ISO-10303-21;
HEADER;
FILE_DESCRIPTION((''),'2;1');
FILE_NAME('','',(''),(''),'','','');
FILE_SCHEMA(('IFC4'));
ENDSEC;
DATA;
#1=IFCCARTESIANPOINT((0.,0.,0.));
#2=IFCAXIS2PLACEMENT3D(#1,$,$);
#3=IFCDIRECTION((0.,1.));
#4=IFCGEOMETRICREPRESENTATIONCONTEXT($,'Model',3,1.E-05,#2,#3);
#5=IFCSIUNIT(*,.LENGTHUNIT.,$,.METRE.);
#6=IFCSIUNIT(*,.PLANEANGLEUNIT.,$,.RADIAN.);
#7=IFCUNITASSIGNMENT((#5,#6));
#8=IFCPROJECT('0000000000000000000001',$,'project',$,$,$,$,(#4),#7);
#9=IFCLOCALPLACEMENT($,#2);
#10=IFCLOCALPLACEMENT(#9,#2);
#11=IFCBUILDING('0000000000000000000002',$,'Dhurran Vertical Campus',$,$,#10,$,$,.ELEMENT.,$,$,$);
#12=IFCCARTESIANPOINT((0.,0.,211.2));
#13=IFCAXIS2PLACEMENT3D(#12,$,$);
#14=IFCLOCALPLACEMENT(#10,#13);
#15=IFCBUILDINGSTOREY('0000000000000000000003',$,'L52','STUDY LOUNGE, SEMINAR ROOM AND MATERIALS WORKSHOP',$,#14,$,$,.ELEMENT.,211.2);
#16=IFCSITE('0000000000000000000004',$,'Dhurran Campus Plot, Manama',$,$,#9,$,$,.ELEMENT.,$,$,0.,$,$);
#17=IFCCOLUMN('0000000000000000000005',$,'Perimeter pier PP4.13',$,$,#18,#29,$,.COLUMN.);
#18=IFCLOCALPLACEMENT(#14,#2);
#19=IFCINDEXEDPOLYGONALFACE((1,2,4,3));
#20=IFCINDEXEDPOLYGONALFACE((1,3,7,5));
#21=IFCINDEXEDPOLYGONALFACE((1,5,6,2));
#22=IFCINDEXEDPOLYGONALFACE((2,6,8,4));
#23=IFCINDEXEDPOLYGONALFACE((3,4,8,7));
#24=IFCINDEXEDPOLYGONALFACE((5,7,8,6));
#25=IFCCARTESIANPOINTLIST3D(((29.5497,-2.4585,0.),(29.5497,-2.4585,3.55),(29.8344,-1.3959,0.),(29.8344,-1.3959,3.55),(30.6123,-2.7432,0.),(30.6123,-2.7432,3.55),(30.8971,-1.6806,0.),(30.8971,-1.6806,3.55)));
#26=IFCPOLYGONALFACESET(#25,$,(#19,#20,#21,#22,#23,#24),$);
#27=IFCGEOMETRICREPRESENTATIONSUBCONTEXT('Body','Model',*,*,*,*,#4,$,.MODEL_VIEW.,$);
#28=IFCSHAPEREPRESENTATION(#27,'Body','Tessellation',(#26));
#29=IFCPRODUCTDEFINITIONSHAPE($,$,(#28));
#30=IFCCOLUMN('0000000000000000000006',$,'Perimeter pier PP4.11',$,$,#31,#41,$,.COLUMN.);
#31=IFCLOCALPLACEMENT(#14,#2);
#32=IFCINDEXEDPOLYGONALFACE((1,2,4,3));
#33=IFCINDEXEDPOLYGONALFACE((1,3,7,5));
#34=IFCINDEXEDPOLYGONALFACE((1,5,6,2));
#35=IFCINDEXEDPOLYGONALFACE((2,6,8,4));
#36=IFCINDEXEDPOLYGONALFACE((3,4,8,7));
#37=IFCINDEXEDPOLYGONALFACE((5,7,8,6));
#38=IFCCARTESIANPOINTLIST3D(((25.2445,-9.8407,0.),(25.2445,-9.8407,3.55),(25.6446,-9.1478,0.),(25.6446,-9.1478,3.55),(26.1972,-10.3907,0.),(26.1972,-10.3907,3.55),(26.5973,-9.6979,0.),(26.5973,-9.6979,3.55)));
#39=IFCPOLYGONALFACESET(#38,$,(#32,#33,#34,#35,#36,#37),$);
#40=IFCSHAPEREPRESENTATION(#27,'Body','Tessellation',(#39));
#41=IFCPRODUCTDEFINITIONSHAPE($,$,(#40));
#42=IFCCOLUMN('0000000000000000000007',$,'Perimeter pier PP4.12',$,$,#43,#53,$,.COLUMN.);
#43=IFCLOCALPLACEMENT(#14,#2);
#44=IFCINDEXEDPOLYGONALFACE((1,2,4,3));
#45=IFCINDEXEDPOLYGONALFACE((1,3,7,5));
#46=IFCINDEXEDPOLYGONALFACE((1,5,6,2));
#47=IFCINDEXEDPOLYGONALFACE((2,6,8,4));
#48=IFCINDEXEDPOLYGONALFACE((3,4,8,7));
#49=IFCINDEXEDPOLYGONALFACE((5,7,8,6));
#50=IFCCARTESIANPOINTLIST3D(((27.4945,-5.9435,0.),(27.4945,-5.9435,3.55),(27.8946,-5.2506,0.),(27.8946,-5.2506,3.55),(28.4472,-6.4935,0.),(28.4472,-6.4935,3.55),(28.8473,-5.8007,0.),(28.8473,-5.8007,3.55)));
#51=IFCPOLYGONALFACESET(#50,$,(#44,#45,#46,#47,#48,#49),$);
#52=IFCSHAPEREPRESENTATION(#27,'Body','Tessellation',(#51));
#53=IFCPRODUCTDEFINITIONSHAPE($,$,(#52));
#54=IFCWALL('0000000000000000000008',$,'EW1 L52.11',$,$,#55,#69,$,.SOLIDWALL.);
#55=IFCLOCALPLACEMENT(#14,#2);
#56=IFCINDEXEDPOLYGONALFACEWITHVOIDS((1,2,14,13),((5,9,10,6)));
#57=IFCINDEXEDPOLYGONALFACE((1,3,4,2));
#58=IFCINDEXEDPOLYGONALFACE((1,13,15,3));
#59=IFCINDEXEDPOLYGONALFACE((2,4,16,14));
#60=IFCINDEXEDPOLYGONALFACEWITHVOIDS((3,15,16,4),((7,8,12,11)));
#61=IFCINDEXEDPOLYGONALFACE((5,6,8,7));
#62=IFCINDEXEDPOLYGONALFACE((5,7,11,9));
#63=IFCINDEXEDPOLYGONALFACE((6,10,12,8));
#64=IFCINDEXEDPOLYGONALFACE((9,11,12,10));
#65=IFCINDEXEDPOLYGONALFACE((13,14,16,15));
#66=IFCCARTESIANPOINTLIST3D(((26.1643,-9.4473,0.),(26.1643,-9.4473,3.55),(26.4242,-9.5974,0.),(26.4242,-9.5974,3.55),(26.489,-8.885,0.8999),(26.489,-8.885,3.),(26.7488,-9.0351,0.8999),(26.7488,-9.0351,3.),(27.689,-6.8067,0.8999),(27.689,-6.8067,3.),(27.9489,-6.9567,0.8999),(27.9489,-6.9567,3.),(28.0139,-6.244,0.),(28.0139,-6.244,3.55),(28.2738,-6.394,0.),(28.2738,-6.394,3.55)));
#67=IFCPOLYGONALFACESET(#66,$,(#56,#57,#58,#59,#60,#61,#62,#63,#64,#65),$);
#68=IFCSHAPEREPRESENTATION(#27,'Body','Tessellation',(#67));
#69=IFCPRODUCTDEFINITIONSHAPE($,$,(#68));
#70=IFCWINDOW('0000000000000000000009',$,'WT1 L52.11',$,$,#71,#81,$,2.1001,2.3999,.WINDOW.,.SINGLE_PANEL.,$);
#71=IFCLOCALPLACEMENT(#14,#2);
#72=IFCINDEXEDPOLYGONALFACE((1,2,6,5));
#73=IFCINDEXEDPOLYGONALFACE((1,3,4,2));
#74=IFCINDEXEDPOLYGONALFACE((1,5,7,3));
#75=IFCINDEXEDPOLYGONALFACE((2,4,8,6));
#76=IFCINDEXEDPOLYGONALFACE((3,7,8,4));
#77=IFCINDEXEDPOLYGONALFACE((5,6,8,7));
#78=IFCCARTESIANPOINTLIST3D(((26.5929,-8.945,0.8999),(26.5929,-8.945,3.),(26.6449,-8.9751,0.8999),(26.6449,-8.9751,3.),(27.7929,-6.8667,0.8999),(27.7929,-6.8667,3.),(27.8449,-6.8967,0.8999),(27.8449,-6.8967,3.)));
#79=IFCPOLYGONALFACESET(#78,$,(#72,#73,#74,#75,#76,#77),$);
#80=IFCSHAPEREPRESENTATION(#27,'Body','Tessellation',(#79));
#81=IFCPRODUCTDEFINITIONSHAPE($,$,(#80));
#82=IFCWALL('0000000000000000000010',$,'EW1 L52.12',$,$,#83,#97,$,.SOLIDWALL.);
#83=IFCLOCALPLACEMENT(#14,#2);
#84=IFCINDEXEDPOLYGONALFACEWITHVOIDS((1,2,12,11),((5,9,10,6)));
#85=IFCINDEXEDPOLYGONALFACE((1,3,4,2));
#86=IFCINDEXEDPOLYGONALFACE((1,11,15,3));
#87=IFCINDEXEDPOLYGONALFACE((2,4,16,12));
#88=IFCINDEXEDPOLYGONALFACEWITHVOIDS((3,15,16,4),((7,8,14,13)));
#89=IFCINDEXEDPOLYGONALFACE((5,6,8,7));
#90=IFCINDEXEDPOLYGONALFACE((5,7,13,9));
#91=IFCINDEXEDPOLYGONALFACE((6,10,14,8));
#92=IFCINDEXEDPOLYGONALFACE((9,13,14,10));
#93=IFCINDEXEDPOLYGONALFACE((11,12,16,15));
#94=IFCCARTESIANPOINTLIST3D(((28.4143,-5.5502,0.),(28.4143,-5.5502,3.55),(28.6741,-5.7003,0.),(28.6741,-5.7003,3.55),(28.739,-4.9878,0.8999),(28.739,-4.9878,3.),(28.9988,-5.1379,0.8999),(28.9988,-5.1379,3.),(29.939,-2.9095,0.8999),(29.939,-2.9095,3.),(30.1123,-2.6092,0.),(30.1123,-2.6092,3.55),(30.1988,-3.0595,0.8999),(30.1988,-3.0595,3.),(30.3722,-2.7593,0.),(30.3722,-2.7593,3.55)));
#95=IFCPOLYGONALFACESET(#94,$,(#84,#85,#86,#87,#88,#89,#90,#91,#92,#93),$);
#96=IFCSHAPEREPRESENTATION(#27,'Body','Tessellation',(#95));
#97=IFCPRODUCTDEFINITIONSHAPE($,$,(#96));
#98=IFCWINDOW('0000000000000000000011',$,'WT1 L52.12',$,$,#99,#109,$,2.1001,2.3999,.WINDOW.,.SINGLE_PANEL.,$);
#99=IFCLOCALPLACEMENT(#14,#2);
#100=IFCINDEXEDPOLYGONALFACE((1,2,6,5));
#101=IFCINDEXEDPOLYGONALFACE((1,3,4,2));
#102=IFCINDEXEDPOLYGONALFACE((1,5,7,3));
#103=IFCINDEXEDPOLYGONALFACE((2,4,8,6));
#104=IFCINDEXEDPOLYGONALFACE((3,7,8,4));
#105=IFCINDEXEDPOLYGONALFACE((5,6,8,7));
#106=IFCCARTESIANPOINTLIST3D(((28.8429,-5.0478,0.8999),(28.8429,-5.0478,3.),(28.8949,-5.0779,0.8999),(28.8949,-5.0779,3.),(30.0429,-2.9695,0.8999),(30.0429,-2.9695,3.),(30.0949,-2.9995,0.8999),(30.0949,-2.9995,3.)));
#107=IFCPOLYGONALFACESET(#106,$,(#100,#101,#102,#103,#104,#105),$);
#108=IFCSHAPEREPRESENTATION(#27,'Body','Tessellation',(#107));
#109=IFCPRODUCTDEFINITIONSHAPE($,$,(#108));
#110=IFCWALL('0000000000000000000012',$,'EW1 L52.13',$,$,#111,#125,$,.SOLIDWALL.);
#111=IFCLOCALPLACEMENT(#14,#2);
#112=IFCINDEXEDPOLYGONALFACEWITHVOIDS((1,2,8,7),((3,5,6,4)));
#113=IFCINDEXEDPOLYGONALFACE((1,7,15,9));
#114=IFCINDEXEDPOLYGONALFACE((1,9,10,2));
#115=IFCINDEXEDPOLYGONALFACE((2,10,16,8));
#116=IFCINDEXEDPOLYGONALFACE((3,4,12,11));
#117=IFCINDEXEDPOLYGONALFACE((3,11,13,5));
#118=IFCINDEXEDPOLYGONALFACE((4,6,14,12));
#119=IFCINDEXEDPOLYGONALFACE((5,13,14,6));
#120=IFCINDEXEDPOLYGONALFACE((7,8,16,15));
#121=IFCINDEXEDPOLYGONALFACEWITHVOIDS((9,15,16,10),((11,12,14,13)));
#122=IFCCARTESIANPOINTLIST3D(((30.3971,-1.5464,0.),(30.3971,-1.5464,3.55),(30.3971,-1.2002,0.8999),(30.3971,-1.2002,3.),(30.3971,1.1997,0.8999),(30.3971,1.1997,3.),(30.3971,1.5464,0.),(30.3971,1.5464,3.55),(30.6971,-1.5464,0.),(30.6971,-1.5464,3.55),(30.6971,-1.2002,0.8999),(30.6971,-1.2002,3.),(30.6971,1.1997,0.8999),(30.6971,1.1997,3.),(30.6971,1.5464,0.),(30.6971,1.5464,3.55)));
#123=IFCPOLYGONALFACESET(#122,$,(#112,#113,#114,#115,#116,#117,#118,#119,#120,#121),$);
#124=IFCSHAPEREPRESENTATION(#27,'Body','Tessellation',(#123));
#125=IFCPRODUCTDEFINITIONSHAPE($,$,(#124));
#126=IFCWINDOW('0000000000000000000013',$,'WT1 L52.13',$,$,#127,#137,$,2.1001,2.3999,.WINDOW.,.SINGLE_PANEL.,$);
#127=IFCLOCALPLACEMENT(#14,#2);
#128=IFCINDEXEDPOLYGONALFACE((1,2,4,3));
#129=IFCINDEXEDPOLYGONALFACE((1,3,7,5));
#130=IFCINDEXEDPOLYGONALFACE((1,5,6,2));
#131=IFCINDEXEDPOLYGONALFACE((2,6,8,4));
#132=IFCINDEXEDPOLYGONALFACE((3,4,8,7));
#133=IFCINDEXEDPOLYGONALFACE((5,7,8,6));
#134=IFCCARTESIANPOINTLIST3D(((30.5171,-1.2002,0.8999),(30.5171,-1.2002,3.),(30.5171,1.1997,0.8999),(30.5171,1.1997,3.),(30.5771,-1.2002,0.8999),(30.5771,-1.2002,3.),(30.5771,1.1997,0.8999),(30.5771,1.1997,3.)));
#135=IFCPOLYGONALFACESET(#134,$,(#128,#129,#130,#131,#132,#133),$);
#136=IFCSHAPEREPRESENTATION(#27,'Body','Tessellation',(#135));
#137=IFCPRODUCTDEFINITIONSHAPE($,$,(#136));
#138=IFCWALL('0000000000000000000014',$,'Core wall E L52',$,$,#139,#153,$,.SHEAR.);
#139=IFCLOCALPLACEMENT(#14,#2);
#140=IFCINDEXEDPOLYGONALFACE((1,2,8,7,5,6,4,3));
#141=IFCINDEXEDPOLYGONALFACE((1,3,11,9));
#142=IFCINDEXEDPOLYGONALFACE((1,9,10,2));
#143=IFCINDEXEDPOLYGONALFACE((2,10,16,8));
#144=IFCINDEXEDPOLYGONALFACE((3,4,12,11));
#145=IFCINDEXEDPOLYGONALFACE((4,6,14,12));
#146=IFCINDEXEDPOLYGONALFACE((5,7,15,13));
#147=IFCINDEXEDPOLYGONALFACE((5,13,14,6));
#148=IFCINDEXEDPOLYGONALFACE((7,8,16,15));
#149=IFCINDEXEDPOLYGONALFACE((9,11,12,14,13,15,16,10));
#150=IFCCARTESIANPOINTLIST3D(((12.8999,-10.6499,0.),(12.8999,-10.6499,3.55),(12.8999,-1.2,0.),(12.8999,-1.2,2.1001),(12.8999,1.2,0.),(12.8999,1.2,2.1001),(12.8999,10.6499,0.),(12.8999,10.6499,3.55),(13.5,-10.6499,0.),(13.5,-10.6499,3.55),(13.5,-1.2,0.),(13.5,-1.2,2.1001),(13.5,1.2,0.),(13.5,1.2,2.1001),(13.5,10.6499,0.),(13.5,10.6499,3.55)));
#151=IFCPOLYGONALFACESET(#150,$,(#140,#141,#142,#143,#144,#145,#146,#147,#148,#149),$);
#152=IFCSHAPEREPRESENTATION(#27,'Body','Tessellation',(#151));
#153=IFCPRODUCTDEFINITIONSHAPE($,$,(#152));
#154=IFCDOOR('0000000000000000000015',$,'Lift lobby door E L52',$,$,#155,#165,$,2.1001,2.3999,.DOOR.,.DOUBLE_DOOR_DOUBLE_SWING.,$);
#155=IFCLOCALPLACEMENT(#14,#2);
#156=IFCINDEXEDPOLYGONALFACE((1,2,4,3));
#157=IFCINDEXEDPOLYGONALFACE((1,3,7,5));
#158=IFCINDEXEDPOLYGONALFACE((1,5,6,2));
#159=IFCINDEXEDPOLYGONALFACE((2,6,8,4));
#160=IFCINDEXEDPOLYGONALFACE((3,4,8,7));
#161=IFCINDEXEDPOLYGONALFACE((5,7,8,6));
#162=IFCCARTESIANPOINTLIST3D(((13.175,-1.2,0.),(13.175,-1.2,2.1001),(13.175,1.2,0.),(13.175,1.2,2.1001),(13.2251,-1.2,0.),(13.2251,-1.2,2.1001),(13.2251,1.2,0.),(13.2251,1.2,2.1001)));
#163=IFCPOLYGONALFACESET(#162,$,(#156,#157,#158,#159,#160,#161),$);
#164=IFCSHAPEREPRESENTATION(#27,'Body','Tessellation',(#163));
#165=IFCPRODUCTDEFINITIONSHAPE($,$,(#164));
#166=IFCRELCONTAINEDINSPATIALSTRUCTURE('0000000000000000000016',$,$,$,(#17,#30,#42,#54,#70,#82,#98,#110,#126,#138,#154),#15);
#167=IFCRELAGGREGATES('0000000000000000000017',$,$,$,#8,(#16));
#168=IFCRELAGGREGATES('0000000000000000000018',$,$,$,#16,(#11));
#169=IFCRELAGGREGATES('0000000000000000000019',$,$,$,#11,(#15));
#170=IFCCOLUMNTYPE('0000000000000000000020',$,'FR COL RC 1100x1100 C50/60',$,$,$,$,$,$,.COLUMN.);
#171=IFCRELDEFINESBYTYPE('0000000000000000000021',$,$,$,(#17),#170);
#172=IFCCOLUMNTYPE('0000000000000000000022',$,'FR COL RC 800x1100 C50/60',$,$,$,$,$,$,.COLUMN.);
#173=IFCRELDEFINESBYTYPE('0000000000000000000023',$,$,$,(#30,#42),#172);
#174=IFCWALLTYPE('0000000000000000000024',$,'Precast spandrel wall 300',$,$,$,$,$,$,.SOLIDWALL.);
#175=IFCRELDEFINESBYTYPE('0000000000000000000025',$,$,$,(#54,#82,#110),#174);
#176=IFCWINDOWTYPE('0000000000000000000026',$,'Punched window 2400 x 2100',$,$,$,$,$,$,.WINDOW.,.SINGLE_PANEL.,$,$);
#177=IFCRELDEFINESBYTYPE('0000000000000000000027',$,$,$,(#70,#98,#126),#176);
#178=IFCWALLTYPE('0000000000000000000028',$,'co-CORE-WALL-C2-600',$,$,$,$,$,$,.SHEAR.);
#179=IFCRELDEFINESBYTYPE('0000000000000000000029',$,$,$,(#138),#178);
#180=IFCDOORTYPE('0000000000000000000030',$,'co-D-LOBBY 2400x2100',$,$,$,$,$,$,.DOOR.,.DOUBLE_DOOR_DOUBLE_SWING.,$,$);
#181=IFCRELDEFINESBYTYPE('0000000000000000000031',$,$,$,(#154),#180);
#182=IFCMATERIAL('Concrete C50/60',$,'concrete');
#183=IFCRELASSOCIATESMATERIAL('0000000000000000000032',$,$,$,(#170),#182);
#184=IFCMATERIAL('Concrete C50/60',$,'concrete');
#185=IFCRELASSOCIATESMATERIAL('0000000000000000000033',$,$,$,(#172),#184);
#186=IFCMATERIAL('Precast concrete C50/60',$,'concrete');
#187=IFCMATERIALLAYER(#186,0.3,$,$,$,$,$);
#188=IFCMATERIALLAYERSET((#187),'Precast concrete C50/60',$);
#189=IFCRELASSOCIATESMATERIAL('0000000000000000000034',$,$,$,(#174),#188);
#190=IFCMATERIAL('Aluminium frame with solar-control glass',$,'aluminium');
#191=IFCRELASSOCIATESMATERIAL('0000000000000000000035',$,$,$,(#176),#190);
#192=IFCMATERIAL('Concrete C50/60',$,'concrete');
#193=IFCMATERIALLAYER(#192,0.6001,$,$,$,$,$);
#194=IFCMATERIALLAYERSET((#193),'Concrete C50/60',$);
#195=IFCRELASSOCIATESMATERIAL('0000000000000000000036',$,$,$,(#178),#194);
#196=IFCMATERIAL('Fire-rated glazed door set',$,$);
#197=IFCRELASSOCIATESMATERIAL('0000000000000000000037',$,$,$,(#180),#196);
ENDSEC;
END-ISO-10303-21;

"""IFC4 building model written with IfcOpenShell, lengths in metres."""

from ifc_helpers import new_model, si_unit, direction, frame, frame_2d, origin, origin_2d, place, context, subcontext, project, spatial, rectangle, extrude, material, layer, layer_set, material_profile, profile_set, type_object, element, fill, save


model = new_model("IFC4")

# Units and contexts
model_context = context("Model", 3, precision=1e-05, world=origin(), true_north=direction((0.0, 1.0)))
body_context = subcontext(model_context, "Body", "Model", "MODEL_VIEW")
ifc_project = project(units=[si_unit("LENGTHUNIT", "METRE"), si_unit("PLANEANGLEUNIT", "RADIAN")], contexts=[model_context])

# Site, building, storey
site_placement = place(None, origin())
site = spatial("IfcSite", under=ifc_project, at=site_placement, Name="Dhurran Campus Plot, Manama", CompositionType="ELEMENT", RefElevation=0.0)
building_placement = place(site_placement, origin())
building = spatial("IfcBuilding", under=site, at=building_placement, Name="Dhurran Vertical Campus", CompositionType="ELEMENT")
storey_placement = place(building_placement, frame((0.0, 0.0, 211.2)))
storey = spatial("IfcBuildingStorey", under=building, at=storey_placement, Name="L52", Description="STUDY LOUNGE, SEMINAR ROOM AND MATERIALS WORKSHOP", CompositionType="ELEMENT", Elevation=211.2)

# Columns
ifc_material_1 = material(Name="Concrete C50/60", Category="concrete")
ifc_material_profile_1 = material_profile(ifc_material_1, rectangle(XDim=1.1001, YDim=1.1001, at=origin_2d()), Name="RC 1100x1100")
ifc_profile_set_1 = profile_set([ifc_material_profile_1], Name="Concrete C50/60")
column_type_1 = type_object("IfcColumnType", Name="FR COL RC 1100x1100 C50/60", PredefinedType="COLUMN", material=ifc_profile_set_1)
column_placement = place(storey_placement, frame((30.2234, -2.0696, 0.0), z_axis=(0.0, 0.0, 1.0), x_axis=(0.258819, 0.965926, 0.0)))
element("IfcColumn", 1, at=column_placement, inside=storey, type_object=column_type_1, Name="Perimeter pier PP4.13", PredefinedType="COLUMN", context=body_context, shape_type="SweptSolid", body=[
    extrude(rectangle(XDim=1.1001, YDim=1.1001, at=origin_2d()), origin(), (0.0, 0.0, 1.0), 3.55),
])
ifc_material_2 = material(Name="Concrete C50/60", Category="concrete")
ifc_material_profile_2 = material_profile(ifc_material_2, rectangle(XDim=0.8, YDim=1.1001, at=origin_2d()), Name="RC 800x1100")
ifc_profile_set_2 = profile_set([ifc_material_profile_2], Name="Concrete C50/60")
column_type_2 = type_object("IfcColumnType", Name="FR COL RC 800x1100 C50/60", PredefinedType="COLUMN", material=ifc_profile_set_2)
for number, where, z_axis, x_axis, name in (
    (2, (25.9209, -9.7693, 0.0), (0.0, 0.0, 1.0), (0.5, 0.866025, 0.0), "Perimeter pier PP4.11"),
    (3, (28.1709, -5.8721, 0.0), (0.0, 0.0, 1.0), (0.5, 0.866025, 0.0), "Perimeter pier PP4.12"),
):
    element("IfcColumn", number, at=place(storey_placement, frame(where, z_axis=z_axis, x_axis=x_axis)), inside=storey, type_object=column_type_2, Name=name, PredefinedType="COLUMN", context=body_context, shape_type="SweptSolid", body=[
        extrude(rectangle(XDim=0.8, YDim=1.1001, at=origin_2d()), origin(), (0.0, 0.0, 1.0), 3.55),
    ])

# Walls, openings, windows
ifc_material_3 = material(Name="Precast concrete C50/60", Category="concrete")
ifc_layer_1 = layer(ifc_material_3, 0.3)
ifc_layer_set_1 = layer_set([ifc_layer_1], Name="Precast concrete C50/60")
wall_type_1 = type_object("IfcWallType", Name="Precast spandrel wall 300", PredefinedType="SOLIDWALL", material=ifc_layer_set_1)
wall_1_placement = place(storey_placement, frame((26.2942, -9.5225, 0.0), z_axis=(0.0, 0.0, 1.0), x_axis=(0.500029, 0.866009, 0.0)))
wall_1 = element("IfcWall", 4, at=wall_1_placement, inside=storey, type_object=wall_type_1, Name="EW1 L52.11", PredefinedType="SOLIDWALL", context=body_context, shape_type="SweptSolid", body=[
    extrude(rectangle(XDim=3.699, YDim=0.3, at=frame_2d((1.8496, 0.0))), origin(), (0.0, 0.0, 1.0), 3.55),
])
opening_1_placement = place(wall_1_placement, frame((0.6494, 0.0, 0.8999)))
opening_1 = element("IfcOpeningElement", 5, at=opening_1_placement, cuts=wall_1, PredefinedType="OPENING", context=body_context, shape_type="SweptSolid", body=[
    extrude(rectangle(XDim=2.3999, YDim=2.1001, at=frame_2d((1.2, 1.05))), frame((0.0, 0.1599, 0.0), z_axis=(0.0, -1.0, 0.0), x_axis=(1.0, 0.0, 0.0)), (0.0, 0.0, 1.0), 0.3201),
])
ifc_material_4 = material(Name="Aluminium frame with solar-control glass", Category="aluminium")
window_type = type_object("IfcWindowType", Name="Punched window 2400 x 2100", PartitioningType="SINGLE_PANEL", PredefinedType="WINDOW", material=ifc_material_4)
window_1_placement = place(opening_1_placement, origin())
window_1 = element("IfcWindow", 6, at=window_1_placement, inside=storey, type_object=window_type, Name="WT1 L52.11", OverallHeight=2.1001, OverallWidth=2.3999, PartitioningType="SINGLE_PANEL", PredefinedType="WINDOW", context=body_context, shape_type="SweptSolid", body=[
    extrude(rectangle(XDim=2.3999, YDim=2.1001, at=frame_2d((1.2, 1.05))), frame((0.0, 0.03, 0.0), z_axis=(0.0, -1.0, 0.0), x_axis=(1.0, 0.0, 0.0)), (0.0, 0.0, 1.0), 0.0601),
])
fill(opening_1, window_1)
wall_2_placement = place(storey_placement, frame((28.5442, -5.6252, 0.0), z_axis=(0.0, 0.0, 1.0), x_axis=(0.500013, 0.866018, 0.0)))
wall_2 = element("IfcWall", 7, at=wall_2_placement, inside=storey, type_object=wall_type_1, Name="EW1 L52.12", PredefinedType="SOLIDWALL", context=body_context, shape_type="SweptSolid", body=[
    extrude(rectangle(XDim=3.396, YDim=0.3, at=frame_2d((1.698, 0.0))), origin(), (0.0, 0.0, 1.0), 3.55),
])
opening_2_placement = place(wall_2_placement, frame((0.6494, 0.0, 0.8999)))
opening_2 = element("IfcOpeningElement", 8, at=opening_2_placement, cuts=wall_2, PredefinedType="OPENING", context=body_context, shape_type="SweptSolid", body=[
    extrude(rectangle(XDim=2.3999, YDim=2.1001, at=frame_2d((1.2, 1.05))), frame((0.0, 0.1599, 0.0), z_axis=(0.0, -1.0, 0.0), x_axis=(1.0, 0.0, 0.0)), (0.0, 0.0, 1.0), 0.3201),
])
window_2_placement = place(opening_2_placement, origin())
window_2 = element("IfcWindow", 9, at=window_2_placement, inside=storey, type_object=window_type, Name="WT1 L52.12", OverallHeight=2.1001, OverallWidth=2.3999, PartitioningType="SINGLE_PANEL", PredefinedType="WINDOW", context=body_context, shape_type="SweptSolid", body=[
    extrude(rectangle(XDim=2.3999, YDim=2.1001, at=frame_2d((1.2, 1.05))), frame((0.0, 0.03, 0.0), z_axis=(0.0, -1.0, 0.0), x_axis=(1.0, 0.0, 0.0)), (0.0, 0.0, 1.0), 0.0601),
])
fill(opening_2, window_2)
wall_3_placement = place(storey_placement, frame((30.5471, -1.5464, 0.0), z_axis=(0.0, 0.0, 1.0), x_axis=(0.0, 1.0, 0.0)))
wall_3 = element("IfcWall", 10, at=wall_3_placement, inside=storey, type_object=wall_type_1, Name="EW1 L52.13", PredefinedType="SOLIDWALL", context=body_context, shape_type="SweptSolid", body=[
    extrude(rectangle(XDim=3.0928, YDim=0.3, at=frame_2d((1.5464, 0.0))), origin(), (0.0, 0.0, 1.0), 3.55),
])
opening_3_placement = place(wall_3_placement, frame((0.3462, 0.0, 0.8999)))
opening_3 = element("IfcOpeningElement", 11, at=opening_3_placement, cuts=wall_3, PredefinedType="OPENING", context=body_context, shape_type="SweptSolid", body=[
    extrude(rectangle(XDim=2.3999, YDim=2.1001, at=frame_2d((1.2, 1.05))), frame((0.0, 0.1599, 0.0), z_axis=(0.0, -1.0, 0.0), x_axis=(1.0, 0.0, 0.0)), (0.0, 0.0, 1.0), 0.3201),
])
window_3_placement = place(opening_3_placement, origin())
window_3 = element("IfcWindow", 12, at=window_3_placement, inside=storey, type_object=window_type, Name="WT1 L52.13", OverallHeight=2.1001, OverallWidth=2.3999, PartitioningType="SINGLE_PANEL", PredefinedType="WINDOW", context=body_context, shape_type="SweptSolid", body=[
    extrude(rectangle(XDim=2.3999, YDim=2.1001, at=frame_2d((1.2, 1.05))), frame((0.0, 0.03, 0.0), z_axis=(0.0, -1.0, 0.0), x_axis=(1.0, 0.0, 0.0)), (0.0, 0.0, 1.0), 0.0601),
])
fill(opening_3, window_3)

# Wall, opening, door
ifc_material_5 = material(Name="Concrete C50/60", Category="concrete")
ifc_layer_2 = layer(ifc_material_5, 0.6001)
ifc_layer_set_2 = layer_set([ifc_layer_2], Name="Concrete C50/60")
wall_type_2 = type_object("IfcWallType", Name="co-CORE-WALL-C2-600", PredefinedType="SHEAR", material=ifc_layer_set_2)
wall_4_placement = place(storey_placement, frame((13.2, -10.6499, 0.0), z_axis=(0.0, 0.0, 1.0), x_axis=(0.0, 1.0, 0.0)))
wall_4 = element("IfcWall", 13, at=wall_4_placement, inside=storey, type_object=wall_type_2, Name="Core wall E L52", PredefinedType="SHEAR", context=body_context, shape_type="SweptSolid", body=[
    extrude(rectangle(XDim=21.2998, YDim=0.6001, at=frame_2d((10.6499, 0.0))), origin(), (0.0, 0.0, 1.0), 3.55),
])
opening_4_placement = place(wall_4_placement, frame((9.45, 0.0, 0.0)))
opening_4 = element("IfcOpeningElement", 14, at=opening_4_placement, cuts=wall_4, PredefinedType="OPENING", context=body_context, shape_type="SweptSolid", body=[
    extrude(rectangle(XDim=2.3999, YDim=2.1001, at=frame_2d((1.2, 1.05))), frame((0.0, 0.3101, 0.0), z_axis=(0.0, -1.0, 0.0), x_axis=(1.0, 0.0, 0.0)), (0.0, 0.0, 1.0), 0.6201),
])
ifc_material_6 = material(Name="Fire-rated glazed door set")
door_type_1 = type_object("IfcDoorType", Name="co-D-LOBBY 2400x2100", OperationType="DOUBLE_DOOR_DOUBLE_SWING", PredefinedType="DOOR", material=ifc_material_6)
door_1_placement = place(opening_4_placement, origin())
door_1 = element("IfcDoor", 15, at=door_1_placement, inside=storey, type_object=door_type_1, Name="Lift lobby door E L52", OperationType="DOUBLE_DOOR_DOUBLE_SWING", OverallHeight=2.1001, OverallWidth=2.3999, PredefinedType="DOOR", context=body_context, shape_type="SweptSolid", body=[
    extrude(rectangle(XDim=2.3999, YDim=2.1001, at=frame_2d((1.2, 1.05))), frame((0.0, 0.0249, 0.0), z_axis=(0.0, -1.0, 0.0), x_axis=(1.0, 0.0, 0.0)), (0.0, 0.0, 1.0), 0.05),
])
fill(opening_4, door_1)

save(model, "model.ifc")
